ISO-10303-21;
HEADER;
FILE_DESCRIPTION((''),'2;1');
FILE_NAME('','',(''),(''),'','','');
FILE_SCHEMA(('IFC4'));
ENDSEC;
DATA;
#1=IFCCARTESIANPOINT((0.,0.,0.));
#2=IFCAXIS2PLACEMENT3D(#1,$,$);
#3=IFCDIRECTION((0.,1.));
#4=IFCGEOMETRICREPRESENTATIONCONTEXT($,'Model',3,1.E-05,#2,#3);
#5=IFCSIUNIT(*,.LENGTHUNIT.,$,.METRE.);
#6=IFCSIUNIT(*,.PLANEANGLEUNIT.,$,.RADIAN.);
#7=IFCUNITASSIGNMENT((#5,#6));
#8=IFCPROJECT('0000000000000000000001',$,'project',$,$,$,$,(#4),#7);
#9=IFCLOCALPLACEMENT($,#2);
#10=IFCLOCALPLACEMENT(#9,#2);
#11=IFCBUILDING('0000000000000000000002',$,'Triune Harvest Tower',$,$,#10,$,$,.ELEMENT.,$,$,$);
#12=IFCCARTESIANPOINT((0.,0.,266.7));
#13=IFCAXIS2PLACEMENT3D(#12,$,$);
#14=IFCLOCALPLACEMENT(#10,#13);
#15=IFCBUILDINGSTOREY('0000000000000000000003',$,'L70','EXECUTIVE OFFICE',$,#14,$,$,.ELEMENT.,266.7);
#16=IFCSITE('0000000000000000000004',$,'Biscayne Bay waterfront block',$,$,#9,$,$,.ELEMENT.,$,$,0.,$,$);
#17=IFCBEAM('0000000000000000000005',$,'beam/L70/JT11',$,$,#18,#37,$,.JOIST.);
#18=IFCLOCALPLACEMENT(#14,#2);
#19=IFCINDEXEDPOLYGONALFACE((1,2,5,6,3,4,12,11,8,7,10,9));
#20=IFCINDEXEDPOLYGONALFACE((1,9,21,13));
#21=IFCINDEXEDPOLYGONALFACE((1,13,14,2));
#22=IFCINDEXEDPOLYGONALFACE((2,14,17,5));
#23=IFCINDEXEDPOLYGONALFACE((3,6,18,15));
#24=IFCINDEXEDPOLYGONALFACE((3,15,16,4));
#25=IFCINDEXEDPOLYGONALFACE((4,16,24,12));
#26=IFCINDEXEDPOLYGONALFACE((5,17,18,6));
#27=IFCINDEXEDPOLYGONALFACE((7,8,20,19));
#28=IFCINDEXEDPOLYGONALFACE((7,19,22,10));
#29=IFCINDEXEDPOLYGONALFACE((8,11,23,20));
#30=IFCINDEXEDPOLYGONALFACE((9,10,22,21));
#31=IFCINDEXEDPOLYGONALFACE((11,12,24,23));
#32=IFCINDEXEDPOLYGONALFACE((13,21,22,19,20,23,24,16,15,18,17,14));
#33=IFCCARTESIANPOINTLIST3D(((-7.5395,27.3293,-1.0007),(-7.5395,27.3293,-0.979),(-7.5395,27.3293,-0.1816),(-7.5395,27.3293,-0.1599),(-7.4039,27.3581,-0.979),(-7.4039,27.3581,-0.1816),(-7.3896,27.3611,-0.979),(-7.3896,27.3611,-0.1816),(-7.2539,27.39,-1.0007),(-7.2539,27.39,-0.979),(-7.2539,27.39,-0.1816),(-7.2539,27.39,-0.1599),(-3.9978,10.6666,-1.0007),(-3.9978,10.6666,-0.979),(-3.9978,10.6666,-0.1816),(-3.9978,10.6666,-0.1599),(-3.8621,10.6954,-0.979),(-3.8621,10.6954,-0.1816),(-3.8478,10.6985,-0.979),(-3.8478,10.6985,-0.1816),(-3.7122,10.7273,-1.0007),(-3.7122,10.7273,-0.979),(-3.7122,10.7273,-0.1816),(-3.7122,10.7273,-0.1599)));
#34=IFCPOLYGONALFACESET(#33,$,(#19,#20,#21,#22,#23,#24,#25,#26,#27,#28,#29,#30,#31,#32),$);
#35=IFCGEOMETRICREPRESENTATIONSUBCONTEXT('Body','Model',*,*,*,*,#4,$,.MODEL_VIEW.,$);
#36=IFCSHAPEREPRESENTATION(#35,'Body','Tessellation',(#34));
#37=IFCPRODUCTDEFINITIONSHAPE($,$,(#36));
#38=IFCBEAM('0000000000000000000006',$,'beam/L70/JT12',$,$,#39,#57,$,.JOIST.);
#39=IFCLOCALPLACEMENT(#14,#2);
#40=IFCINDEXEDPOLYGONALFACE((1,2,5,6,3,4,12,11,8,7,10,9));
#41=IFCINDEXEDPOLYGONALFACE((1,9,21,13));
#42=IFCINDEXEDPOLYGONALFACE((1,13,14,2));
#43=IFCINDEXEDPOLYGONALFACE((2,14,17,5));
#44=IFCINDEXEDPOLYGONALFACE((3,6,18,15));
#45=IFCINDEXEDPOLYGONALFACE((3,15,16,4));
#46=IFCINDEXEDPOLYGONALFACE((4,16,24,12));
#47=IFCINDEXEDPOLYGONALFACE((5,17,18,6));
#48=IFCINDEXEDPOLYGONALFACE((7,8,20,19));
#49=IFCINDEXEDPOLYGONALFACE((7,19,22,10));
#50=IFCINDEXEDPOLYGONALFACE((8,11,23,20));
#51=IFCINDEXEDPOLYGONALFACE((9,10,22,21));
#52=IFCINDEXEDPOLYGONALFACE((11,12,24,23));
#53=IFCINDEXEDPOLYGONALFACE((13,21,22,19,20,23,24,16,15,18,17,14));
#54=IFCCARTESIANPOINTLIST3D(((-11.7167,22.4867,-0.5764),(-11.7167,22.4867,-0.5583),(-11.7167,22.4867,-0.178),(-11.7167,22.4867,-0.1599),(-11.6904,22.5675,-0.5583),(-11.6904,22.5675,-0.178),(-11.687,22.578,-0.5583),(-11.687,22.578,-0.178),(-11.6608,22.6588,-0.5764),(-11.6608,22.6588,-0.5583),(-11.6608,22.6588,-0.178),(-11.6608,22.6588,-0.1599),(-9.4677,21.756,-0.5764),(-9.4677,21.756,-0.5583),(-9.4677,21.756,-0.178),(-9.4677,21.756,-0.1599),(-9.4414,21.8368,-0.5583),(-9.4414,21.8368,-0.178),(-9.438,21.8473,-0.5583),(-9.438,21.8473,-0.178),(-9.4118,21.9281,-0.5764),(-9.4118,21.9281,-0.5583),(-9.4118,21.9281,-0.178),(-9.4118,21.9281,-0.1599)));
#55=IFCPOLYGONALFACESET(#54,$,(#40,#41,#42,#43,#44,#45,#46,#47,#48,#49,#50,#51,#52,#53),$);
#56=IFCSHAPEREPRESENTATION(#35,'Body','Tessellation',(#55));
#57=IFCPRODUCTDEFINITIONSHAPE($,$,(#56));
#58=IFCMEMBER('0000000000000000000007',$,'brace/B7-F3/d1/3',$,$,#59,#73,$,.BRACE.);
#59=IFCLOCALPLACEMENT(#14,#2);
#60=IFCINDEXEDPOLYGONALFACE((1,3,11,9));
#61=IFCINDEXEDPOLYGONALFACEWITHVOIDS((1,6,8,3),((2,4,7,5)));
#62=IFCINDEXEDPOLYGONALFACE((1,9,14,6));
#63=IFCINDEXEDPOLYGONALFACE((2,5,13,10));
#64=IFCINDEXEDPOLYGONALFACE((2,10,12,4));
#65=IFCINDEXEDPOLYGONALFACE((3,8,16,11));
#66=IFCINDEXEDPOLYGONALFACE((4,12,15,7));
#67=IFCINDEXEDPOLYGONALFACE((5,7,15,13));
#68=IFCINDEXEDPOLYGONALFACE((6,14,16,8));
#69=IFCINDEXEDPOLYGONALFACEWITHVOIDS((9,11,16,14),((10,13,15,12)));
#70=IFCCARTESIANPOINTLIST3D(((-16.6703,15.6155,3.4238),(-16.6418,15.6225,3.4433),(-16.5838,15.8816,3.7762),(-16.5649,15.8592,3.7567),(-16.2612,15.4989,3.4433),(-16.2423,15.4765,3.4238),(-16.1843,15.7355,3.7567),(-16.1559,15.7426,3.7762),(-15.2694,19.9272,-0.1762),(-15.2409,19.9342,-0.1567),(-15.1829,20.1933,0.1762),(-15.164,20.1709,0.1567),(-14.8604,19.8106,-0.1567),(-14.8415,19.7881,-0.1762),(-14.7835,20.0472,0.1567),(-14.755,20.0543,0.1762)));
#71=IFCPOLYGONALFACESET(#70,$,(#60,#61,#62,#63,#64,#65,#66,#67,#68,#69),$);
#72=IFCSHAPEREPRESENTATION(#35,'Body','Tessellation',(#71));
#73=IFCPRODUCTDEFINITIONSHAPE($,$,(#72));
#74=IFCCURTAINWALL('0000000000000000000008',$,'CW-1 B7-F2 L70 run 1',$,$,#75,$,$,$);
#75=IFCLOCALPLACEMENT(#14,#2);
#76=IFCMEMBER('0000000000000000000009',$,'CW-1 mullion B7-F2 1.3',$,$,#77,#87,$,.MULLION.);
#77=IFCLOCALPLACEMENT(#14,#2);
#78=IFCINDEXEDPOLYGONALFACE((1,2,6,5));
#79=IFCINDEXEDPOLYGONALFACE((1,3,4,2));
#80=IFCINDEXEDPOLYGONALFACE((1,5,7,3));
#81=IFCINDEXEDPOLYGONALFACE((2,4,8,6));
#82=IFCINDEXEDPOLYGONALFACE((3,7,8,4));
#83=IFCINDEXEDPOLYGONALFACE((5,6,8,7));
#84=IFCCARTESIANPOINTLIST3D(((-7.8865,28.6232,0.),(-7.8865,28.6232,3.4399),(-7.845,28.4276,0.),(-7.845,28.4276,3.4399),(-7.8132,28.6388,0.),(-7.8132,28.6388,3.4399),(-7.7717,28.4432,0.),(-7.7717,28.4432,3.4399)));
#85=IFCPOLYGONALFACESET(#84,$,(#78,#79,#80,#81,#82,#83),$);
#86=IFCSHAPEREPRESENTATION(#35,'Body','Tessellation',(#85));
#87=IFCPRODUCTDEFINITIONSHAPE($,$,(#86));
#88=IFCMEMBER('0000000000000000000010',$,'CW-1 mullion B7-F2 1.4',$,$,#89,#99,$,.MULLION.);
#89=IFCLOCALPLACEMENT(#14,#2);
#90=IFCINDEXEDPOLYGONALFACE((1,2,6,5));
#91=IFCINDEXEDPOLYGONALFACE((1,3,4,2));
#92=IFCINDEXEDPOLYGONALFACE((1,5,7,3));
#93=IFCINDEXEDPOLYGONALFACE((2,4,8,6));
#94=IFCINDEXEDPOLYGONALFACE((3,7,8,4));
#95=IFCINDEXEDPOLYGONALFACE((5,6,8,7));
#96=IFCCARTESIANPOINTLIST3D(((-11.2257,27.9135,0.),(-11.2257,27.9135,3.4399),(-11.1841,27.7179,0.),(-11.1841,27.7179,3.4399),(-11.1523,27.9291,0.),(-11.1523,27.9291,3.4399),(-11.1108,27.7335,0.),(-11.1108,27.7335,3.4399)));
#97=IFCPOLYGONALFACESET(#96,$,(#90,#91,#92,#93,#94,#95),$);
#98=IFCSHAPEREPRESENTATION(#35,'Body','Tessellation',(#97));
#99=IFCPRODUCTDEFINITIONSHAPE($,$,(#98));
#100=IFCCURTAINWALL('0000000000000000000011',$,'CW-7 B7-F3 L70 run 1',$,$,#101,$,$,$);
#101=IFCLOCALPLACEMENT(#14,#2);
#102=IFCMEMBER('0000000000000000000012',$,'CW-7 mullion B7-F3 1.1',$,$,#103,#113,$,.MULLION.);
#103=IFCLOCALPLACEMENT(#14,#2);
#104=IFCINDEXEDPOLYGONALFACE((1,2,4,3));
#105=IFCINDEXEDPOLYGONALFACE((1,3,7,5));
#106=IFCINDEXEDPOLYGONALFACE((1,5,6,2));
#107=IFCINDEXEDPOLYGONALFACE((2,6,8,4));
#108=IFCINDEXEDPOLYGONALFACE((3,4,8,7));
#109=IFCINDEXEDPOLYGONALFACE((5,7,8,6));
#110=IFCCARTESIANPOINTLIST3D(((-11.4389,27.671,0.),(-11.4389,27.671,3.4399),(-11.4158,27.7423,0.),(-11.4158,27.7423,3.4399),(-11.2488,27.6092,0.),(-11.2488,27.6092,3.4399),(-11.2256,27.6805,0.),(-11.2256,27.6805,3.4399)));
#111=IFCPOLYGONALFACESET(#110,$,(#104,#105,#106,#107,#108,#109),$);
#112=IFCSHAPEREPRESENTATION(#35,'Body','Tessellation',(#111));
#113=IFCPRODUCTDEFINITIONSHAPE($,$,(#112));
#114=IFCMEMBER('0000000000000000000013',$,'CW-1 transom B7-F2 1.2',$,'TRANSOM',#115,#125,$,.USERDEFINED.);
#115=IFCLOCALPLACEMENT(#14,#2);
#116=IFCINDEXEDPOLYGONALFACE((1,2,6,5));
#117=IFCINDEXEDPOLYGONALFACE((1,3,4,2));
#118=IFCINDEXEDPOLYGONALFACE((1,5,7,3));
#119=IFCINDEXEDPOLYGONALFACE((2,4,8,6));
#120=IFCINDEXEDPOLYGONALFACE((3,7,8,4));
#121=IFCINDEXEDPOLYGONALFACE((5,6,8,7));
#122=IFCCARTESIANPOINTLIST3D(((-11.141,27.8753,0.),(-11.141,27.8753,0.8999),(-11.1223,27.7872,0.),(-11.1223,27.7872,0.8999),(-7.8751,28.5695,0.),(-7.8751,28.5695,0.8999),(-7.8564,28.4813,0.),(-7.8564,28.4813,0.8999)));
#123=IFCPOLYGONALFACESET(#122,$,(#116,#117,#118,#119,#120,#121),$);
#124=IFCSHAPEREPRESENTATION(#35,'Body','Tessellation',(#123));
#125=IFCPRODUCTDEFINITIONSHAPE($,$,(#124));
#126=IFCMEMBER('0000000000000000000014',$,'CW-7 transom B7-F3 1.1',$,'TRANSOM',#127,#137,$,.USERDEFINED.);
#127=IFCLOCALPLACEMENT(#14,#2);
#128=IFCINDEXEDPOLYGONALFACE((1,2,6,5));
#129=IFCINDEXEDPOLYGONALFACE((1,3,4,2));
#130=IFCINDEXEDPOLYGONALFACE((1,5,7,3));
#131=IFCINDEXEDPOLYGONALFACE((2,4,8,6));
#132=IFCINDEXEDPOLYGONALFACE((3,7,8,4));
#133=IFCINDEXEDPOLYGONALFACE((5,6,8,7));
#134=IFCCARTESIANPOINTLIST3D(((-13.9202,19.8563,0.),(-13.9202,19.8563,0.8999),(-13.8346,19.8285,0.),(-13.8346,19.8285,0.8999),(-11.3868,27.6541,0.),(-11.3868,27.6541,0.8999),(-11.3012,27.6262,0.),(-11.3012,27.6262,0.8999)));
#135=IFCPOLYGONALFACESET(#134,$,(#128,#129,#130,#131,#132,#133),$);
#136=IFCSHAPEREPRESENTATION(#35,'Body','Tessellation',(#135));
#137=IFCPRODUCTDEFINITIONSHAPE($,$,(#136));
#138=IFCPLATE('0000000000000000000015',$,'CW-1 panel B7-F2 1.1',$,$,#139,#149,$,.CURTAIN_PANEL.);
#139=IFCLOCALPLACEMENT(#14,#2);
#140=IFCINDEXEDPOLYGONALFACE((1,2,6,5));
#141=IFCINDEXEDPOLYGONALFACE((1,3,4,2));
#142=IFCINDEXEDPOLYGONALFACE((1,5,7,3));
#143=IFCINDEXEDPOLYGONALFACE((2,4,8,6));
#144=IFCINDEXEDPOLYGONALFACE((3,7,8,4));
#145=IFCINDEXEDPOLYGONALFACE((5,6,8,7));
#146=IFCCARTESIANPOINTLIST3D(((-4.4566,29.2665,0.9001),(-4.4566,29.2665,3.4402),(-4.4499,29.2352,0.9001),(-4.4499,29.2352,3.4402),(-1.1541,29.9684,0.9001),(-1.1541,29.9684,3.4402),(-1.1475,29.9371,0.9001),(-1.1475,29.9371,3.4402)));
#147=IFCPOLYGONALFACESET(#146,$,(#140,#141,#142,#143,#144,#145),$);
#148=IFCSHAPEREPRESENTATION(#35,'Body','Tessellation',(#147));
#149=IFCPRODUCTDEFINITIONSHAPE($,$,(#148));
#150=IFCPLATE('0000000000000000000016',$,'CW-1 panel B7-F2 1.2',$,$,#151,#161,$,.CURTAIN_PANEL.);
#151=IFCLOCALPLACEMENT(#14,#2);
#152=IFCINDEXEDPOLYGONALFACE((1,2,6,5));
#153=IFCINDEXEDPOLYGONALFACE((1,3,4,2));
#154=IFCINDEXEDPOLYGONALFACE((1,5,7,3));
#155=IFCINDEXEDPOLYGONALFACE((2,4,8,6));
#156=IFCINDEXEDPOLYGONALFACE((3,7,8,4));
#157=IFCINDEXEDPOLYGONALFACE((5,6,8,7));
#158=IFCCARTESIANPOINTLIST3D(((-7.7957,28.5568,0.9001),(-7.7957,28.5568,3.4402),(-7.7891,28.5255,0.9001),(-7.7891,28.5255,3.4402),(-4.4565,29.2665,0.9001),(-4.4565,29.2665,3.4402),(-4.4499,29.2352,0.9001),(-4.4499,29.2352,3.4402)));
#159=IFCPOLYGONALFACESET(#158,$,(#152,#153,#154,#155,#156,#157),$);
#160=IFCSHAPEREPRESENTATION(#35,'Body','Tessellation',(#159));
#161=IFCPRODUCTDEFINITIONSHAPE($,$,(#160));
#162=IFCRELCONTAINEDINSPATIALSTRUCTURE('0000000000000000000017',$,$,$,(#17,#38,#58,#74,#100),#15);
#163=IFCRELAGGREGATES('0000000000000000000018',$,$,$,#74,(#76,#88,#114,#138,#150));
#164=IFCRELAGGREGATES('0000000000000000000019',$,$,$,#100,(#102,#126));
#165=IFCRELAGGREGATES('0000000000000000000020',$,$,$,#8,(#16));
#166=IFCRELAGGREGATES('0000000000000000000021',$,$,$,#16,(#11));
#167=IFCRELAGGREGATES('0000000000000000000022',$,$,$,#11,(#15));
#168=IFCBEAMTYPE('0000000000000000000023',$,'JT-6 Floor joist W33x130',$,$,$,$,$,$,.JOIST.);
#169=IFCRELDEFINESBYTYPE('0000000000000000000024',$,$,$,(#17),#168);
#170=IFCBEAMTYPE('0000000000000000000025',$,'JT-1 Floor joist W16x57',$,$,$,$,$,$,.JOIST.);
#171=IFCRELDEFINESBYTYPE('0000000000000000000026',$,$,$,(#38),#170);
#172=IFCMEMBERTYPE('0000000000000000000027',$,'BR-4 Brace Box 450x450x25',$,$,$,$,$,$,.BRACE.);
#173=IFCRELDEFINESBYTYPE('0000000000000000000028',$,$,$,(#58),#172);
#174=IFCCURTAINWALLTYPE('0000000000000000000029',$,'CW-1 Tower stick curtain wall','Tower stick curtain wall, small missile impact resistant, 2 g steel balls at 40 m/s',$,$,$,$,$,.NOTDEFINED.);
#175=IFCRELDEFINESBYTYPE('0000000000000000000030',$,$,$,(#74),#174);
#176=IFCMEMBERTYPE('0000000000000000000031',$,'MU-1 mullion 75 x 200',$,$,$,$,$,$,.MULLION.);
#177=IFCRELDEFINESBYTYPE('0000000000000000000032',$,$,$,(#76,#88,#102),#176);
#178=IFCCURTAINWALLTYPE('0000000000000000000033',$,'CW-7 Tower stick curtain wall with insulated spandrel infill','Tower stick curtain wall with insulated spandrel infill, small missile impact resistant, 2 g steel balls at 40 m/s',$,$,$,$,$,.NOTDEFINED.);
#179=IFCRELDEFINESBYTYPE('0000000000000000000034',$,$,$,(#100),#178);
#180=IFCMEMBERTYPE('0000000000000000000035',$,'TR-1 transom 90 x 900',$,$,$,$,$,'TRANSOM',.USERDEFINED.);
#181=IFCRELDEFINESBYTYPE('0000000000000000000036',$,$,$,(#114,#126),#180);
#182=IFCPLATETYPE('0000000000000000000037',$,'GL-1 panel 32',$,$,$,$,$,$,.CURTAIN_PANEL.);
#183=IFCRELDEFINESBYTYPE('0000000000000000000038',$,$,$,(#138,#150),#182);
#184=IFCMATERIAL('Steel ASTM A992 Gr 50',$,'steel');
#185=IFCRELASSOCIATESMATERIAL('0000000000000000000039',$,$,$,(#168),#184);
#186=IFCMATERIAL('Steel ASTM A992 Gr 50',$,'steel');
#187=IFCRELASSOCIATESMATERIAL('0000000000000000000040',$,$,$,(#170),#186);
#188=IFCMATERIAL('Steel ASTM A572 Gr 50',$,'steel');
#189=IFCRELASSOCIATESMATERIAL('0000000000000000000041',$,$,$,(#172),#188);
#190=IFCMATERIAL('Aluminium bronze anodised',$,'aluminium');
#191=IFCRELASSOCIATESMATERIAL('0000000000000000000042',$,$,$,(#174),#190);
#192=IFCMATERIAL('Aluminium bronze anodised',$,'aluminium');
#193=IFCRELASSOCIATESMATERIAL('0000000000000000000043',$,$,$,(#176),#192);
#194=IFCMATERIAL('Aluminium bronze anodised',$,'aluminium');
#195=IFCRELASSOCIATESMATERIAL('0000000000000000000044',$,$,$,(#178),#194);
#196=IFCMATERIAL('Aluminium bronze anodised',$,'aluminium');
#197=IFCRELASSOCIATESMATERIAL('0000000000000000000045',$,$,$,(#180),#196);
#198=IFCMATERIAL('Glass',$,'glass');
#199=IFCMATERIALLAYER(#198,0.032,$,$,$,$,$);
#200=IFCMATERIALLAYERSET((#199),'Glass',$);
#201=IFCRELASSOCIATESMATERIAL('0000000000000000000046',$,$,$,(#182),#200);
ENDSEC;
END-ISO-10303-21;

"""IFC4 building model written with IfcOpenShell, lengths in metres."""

from ifc_helpers import new_model, si_unit, direction, frame, origin, origin_2d, place, context, subcontext, project, spatial, rectangle, hollow_rectangle, i_section, extrude, source, transform, mapped, material, layer, layer_set, material_profile, profile_set, type_object, element, aggregate, save


model = new_model("IFC4")

# Units and contexts
model_context = context("Model", 3, precision=1e-05, world=origin(), true_north=direction((0.0, 1.0)))
body_context = subcontext(model_context, "Body", "Model", "MODEL_VIEW")
ifc_project = project(units=[si_unit("LENGTHUNIT", "METRE"), si_unit("PLANEANGLEUNIT", "RADIAN")], contexts=[model_context])

# Site, building, storey
site_placement = place(None, origin())
site = spatial("IfcSite", under=ifc_project, at=site_placement, Name="Biscayne Bay waterfront block", CompositionType="ELEMENT", RefElevation=0.0)
building_placement = place(site_placement, origin())
building = spatial("IfcBuilding", under=site, at=building_placement, Name="Triune Harvest Tower", CompositionType="ELEMENT")
storey_placement = place(building_placement, frame((0.0, 0.0, 266.7)))
storey = spatial("IfcBuildingStorey", under=building, at=storey_placement, Name="L70", Description="EXECUTIVE OFFICE", CompositionType="ELEMENT", Elevation=266.7)

# Beams
ifc_material_1 = material(Name="Steel ASTM A992 Gr 50", Category="steel")
ifc_material_profile_1 = material_profile(ifc_material_1, i_section(OverallWidth=0.292, OverallDepth=0.8408, WebThickness=0.0146, FlangeThickness=0.0217, at=origin_2d()), Name="W33x130")
ifc_profile_set_1 = profile_set([ifc_material_profile_1], Name="Steel ASTM A992 Gr 50")
beam_type_1 = type_object("IfcBeamType", Name="JT-6 Floor joist W33x130", PredefinedType="JOIST", material=ifc_profile_set_1)
shared_shape_1 = source(origin(), body_context, "Body", "SweptSolid", [
    extrude(i_section(OverallWidth=0.292, OverallDepth=0.8408, WebThickness=0.0146, FlangeThickness=0.0217, at=origin_2d()), origin(), (0.0, 0.0, 1.0), 17.0349),
])
beam_1_placement = place(storey_placement, frame((-7.3967, 27.3596, -0.5803), z_axis=(0.207912, -0.978148, 0.0), x_axis=(0.978148, 0.207912, 0.0)))
element("IfcBeam", 1, at=beam_1_placement, inside=storey, type_object=beam_type_1, Name="beam/L70/JT11", PredefinedType="JOIST", context=body_context, shape_type="MappedRepresentation", body=[
    mapped(shared_shape_1, transform((0.0, 0.0, 0.0), scale=1.0)),
])
ifc_material_2 = material(Name="Steel ASTM A992 Gr 50", Category="steel")
ifc_material_profile_2 = material_profile(ifc_material_2, i_section(OverallWidth=0.1809, OverallDepth=0.4165, WebThickness=0.011, FlangeThickness=0.0181, at=origin_2d()), Name="W16x57")
ifc_profile_set_2 = profile_set([ifc_material_profile_2], Name="Steel ASTM A992 Gr 50")
beam_type_2 = type_object("IfcBeamType", Name="JT-1 Floor joist W16x57", PredefinedType="JOIST", material=ifc_profile_set_2)
shared_shape_2 = source(origin(), body_context, "Body", "SweptSolid", [
    extrude(i_section(OverallWidth=0.1809, OverallDepth=0.4165, WebThickness=0.011, FlangeThickness=0.0181, at=origin_2d()), origin(), (0.0, 0.0, 1.0), 2.3647),
])
beam_2_placement = place(storey_placement, frame((-11.6887, 22.5728, -0.3682), z_axis=(0.951061, -0.309002, 0.0), x_axis=(0.309002, 0.951061, 0.0)))
element("IfcBeam", 2, at=beam_2_placement, inside=storey, type_object=beam_type_2, Name="beam/L70/JT12", PredefinedType="JOIST", context=body_context, shape_type="MappedRepresentation", body=[
    mapped(shared_shape_2, transform((0.0, 0.0, 0.0), scale=1.0)),
])

# Member
ifc_material_3 = material(Name="Steel ASTM A572 Gr 50", Category="steel")
ifc_material_profile_3 = material_profile(ifc_material_3, hollow_rectangle(XDim=0.45, YDim=0.45, WallThickness=0.0249, at=origin_2d()), Name="Box 450x450x25")
ifc_profile_set_3 = profile_set([ifc_material_profile_3], Name="Steel ASTM A572 Gr 50")
member_type_1 = type_object("IfcMemberType", Name="BR-4 Brace Box 450x450x25", PredefinedType="BRACE", material=ifc_profile_set_3)
shared_shape_3 = source(origin(), body_context, "Body", "SweptSolid", [
    extrude(hollow_rectangle(XDim=0.45, YDim=0.45, WallThickness=0.0249, at=origin_2d()), origin(), (0.0, 0.0, 1.0), 5.7891),
])
member_1_placement = place(storey_placement, frame((-15.0122, 19.9907, 0.0), z_axis=(-0.241983, -0.744799, 0.621868), x_axis=(0.951063, -0.308997, 0.0)))
element("IfcMember", 3, at=member_1_placement, inside=storey, type_object=member_type_1, Name="brace/B7-F3/d1/3", PredefinedType="BRACE", context=body_context, shape_type="MappedRepresentation", body=[
    mapped(shared_shape_3, transform((0.0, 0.0, 0.0), scale=1.0)),
])

# Curtain wall, members
ifc_material_4 = material(Name="Aluminium bronze anodised", Category="aluminium")
curtain_wall_type_1 = type_object("IfcCurtainWallType", Name="CW-1 Tower stick curtain wall", Description="Tower stick curtain wall, small missile impact resistant, 2 g steel balls at 40 m/s", PredefinedType="NOTDEFINED", material=ifc_material_4)
curtain_wall_1_placement = place(storey_placement, origin())
curtain_wall_1 = element("IfcCurtainWall", 4, at=curtain_wall_1_placement, inside=storey, type_object=curtain_wall_type_1, Name="CW-1 B7-F2 L70 run 1")
ifc_material_5 = material(Name="Aluminium bronze anodised", Category="aluminium")
ifc_material_profile_4 = material_profile(ifc_material_5, rectangle(XDim=0.2, YDim=0.075, at=origin_2d()), Name="MU-1 mullion 75 x 200")
ifc_profile_set_4 = profile_set([ifc_material_profile_4], Name="Aluminium bronze anodised")
member_type_2 = type_object("IfcMemberType", Name="MU-1 mullion 75 x 200", PredefinedType="MULLION", material=ifc_profile_set_4)
shared_shape_4 = source(origin(), body_context, "Body", "SweptSolid", [
    extrude(rectangle(XDim=0.2, YDim=0.075, at=origin_2d()), origin(), (0.0, 0.0, 1.0), 3.4399),
])
member_2_placement = place(storey_placement, frame((-7.8291, 28.5332, 0.0), z_axis=(0.0, 0.0, 1.0), x_axis=(0.207905, -0.978149, 0.0)))
member_2 = element("IfcMember", 5, at=member_2_placement, type_object=member_type_2, Name="CW-1 mullion B7-F2 1.3", PredefinedType="MULLION", context=body_context, shape_type="MappedRepresentation", body=[
    mapped(shared_shape_4, transform((0.0, 0.0, 0.0), scale=1.0)),
])
member_3_placement = place(storey_placement, frame((-11.1682, 27.8235, 0.0), z_axis=(0.0, 0.0, 1.0), x_axis=(0.207905, -0.978149, 0.0)))
member_3 = element("IfcMember", 6, at=member_3_placement, type_object=member_type_2, Name="CW-1 mullion B7-F2 1.4", PredefinedType="MULLION", context=body_context, shape_type="MappedRepresentation", body=[
    mapped(shared_shape_4, transform((0.0, 0.0, 0.0), scale=1.0)),
])

# Curtain wall, member
ifc_material_6 = material(Name="Aluminium bronze anodised", Category="aluminium")
curtain_wall_type_2 = type_object("IfcCurtainWallType", Name="CW-7 Tower stick curtain wall with insulated spandrel infill", Description="Tower stick curtain wall with insulated spandrel infill, small missile impact resistant, 2 g steel balls at 40 m/s", PredefinedType="NOTDEFINED", material=ifc_material_6)
curtain_wall_2_placement = place(storey_placement, origin())
curtain_wall_2 = element("IfcCurtainWall", 7, at=curtain_wall_2_placement, inside=storey, type_object=curtain_wall_type_2, Name="CW-7 B7-F3 L70 run 1")
member_4_placement = place(storey_placement, frame((-11.3323, 27.6758, 0.0), z_axis=(0.0, 0.0, 1.0), x_axis=(0.951058, -0.309014, 0.0)))
member_4 = element("IfcMember", 8, at=member_4_placement, type_object=member_type_2, Name="CW-7 mullion B7-F3 1.1", PredefinedType="MULLION", context=body_context, shape_type="MappedRepresentation", body=[
    mapped(shared_shape_4, transform((0.0, 0.0, 0.0), scale=1.0)),
])

# Members
ifc_material_7 = material(Name="Aluminium bronze anodised", Category="aluminium")
ifc_material_profile_5 = material_profile(ifc_material_7, rectangle(XDim=0.0901, YDim=0.8999, at=origin_2d()), Name="TR-1 transom 90 x 900")
ifc_profile_set_5 = profile_set([ifc_material_profile_5], Name="Aluminium bronze anodised")
member_type_3 = type_object("IfcMemberType", Name="TR-1 transom 90 x 900", ElementType="TRANSOM", PredefinedType="USERDEFINED", material=ifc_profile_set_5)
shared_shape_5 = source(origin(), body_context, "Body", "SweptSolid", [
    extrude(rectangle(XDim=0.0901, YDim=0.8999, at=origin_2d()), origin(), (0.0, 0.0, 1.0), 3.3389),
])
member_5_placement = place(storey_placement, frame((-7.8657, 28.5254, 0.45), z_axis=(-0.978153, -0.207886, 0.0), x_axis=(0.207886, -0.978153, 0.0)))
member_5 = element("IfcMember", 9, at=member_5_placement, type_object=member_type_3, Name="CW-1 transom B7-F2 1.2", ObjectType="TRANSOM", PredefinedType="USERDEFINED", context=body_context, shape_type="MappedRepresentation", body=[
    mapped(shared_shape_5, transform((0.0, 0.0, 0.0), scale=1.0)),
])
shared_shape_6 = source(origin(), body_context, "Body", "SweptSolid", [
    extrude(rectangle(XDim=0.0901, YDim=0.8999, at=origin_2d()), origin(), (0.0, 0.0, 1.0), 8.199),
])
member_6_placement = place(storey_placement, frame((-11.344, 27.6401, 0.45), z_axis=(-0.308992, -0.951065, 0.0), x_axis=(0.951065, -0.308992, 0.0)))
member_6 = element("IfcMember", 10, at=member_6_placement, type_object=member_type_3, Name="CW-7 transom B7-F3 1.1", ObjectType="TRANSOM", PredefinedType="USERDEFINED", context=body_context, shape_type="MappedRepresentation", body=[
    mapped(shared_shape_6, transform((0.0, 0.0, 0.0), scale=1.0)),
])

# Plates
ifc_material_8 = material(Name="Glass", Category="glass")
ifc_layer_1 = layer(ifc_material_8, 0.032)
ifc_layer_set_1 = layer_set([ifc_layer_1], Name="Glass")
plate_type_1 = type_object("IfcPlateType", Name="GL-1 panel 32", PredefinedType="CURTAIN_PANEL", material=ifc_layer_set_1)
shared_shape_7 = source(origin(), body_context, "Body", "SweptSolid", [
    extrude(rectangle(XDim=3.3762, YDim=0.032, at=origin_2d()), origin(), (0.0, 0.0, 1.0), 2.54),
])
plate_1_placement = place(storey_placement, frame((-2.802, 29.6018, 0.9001), z_axis=(0.0, 0.0, 1.0), x_axis=(-0.978149, -0.207905, 0.0)))
plate_1 = element("IfcPlate", 11, at=plate_1_placement, type_object=plate_type_1, Name="CW-1 panel B7-F2 1.1", PredefinedType="CURTAIN_PANEL", context=body_context, shape_type="MappedRepresentation", body=[
    mapped(shared_shape_7, transform((0.0, 0.0, 0.0), scale=1.0)),
])
shared_shape_8 = source(origin(), body_context, "Body", "SweptSolid", [
    extrude(rectangle(XDim=3.4138, YDim=0.032, at=origin_2d()), origin(), (0.0, 0.0, 1.0), 2.54),
])
plate_2_placement = place(storey_placement, frame((-6.1228, 28.896, 0.9001), z_axis=(0.0, 0.0, 1.0), x_axis=(-0.978149, -0.207905, 0.0)))
plate_2 = element("IfcPlate", 12, at=plate_2_placement, type_object=plate_type_1, Name="CW-1 panel B7-F2 1.2", PredefinedType="CURTAIN_PANEL", context=body_context, shape_type="MappedRepresentation", body=[
    mapped(shared_shape_8, transform((0.0, 0.0, 0.0), scale=1.0)),
])
aggregate(curtain_wall_1, [member_2, member_3, member_5, plate_1, plate_2])
aggregate(curtain_wall_2, [member_4, member_6])

save(model, "model.ifc")
